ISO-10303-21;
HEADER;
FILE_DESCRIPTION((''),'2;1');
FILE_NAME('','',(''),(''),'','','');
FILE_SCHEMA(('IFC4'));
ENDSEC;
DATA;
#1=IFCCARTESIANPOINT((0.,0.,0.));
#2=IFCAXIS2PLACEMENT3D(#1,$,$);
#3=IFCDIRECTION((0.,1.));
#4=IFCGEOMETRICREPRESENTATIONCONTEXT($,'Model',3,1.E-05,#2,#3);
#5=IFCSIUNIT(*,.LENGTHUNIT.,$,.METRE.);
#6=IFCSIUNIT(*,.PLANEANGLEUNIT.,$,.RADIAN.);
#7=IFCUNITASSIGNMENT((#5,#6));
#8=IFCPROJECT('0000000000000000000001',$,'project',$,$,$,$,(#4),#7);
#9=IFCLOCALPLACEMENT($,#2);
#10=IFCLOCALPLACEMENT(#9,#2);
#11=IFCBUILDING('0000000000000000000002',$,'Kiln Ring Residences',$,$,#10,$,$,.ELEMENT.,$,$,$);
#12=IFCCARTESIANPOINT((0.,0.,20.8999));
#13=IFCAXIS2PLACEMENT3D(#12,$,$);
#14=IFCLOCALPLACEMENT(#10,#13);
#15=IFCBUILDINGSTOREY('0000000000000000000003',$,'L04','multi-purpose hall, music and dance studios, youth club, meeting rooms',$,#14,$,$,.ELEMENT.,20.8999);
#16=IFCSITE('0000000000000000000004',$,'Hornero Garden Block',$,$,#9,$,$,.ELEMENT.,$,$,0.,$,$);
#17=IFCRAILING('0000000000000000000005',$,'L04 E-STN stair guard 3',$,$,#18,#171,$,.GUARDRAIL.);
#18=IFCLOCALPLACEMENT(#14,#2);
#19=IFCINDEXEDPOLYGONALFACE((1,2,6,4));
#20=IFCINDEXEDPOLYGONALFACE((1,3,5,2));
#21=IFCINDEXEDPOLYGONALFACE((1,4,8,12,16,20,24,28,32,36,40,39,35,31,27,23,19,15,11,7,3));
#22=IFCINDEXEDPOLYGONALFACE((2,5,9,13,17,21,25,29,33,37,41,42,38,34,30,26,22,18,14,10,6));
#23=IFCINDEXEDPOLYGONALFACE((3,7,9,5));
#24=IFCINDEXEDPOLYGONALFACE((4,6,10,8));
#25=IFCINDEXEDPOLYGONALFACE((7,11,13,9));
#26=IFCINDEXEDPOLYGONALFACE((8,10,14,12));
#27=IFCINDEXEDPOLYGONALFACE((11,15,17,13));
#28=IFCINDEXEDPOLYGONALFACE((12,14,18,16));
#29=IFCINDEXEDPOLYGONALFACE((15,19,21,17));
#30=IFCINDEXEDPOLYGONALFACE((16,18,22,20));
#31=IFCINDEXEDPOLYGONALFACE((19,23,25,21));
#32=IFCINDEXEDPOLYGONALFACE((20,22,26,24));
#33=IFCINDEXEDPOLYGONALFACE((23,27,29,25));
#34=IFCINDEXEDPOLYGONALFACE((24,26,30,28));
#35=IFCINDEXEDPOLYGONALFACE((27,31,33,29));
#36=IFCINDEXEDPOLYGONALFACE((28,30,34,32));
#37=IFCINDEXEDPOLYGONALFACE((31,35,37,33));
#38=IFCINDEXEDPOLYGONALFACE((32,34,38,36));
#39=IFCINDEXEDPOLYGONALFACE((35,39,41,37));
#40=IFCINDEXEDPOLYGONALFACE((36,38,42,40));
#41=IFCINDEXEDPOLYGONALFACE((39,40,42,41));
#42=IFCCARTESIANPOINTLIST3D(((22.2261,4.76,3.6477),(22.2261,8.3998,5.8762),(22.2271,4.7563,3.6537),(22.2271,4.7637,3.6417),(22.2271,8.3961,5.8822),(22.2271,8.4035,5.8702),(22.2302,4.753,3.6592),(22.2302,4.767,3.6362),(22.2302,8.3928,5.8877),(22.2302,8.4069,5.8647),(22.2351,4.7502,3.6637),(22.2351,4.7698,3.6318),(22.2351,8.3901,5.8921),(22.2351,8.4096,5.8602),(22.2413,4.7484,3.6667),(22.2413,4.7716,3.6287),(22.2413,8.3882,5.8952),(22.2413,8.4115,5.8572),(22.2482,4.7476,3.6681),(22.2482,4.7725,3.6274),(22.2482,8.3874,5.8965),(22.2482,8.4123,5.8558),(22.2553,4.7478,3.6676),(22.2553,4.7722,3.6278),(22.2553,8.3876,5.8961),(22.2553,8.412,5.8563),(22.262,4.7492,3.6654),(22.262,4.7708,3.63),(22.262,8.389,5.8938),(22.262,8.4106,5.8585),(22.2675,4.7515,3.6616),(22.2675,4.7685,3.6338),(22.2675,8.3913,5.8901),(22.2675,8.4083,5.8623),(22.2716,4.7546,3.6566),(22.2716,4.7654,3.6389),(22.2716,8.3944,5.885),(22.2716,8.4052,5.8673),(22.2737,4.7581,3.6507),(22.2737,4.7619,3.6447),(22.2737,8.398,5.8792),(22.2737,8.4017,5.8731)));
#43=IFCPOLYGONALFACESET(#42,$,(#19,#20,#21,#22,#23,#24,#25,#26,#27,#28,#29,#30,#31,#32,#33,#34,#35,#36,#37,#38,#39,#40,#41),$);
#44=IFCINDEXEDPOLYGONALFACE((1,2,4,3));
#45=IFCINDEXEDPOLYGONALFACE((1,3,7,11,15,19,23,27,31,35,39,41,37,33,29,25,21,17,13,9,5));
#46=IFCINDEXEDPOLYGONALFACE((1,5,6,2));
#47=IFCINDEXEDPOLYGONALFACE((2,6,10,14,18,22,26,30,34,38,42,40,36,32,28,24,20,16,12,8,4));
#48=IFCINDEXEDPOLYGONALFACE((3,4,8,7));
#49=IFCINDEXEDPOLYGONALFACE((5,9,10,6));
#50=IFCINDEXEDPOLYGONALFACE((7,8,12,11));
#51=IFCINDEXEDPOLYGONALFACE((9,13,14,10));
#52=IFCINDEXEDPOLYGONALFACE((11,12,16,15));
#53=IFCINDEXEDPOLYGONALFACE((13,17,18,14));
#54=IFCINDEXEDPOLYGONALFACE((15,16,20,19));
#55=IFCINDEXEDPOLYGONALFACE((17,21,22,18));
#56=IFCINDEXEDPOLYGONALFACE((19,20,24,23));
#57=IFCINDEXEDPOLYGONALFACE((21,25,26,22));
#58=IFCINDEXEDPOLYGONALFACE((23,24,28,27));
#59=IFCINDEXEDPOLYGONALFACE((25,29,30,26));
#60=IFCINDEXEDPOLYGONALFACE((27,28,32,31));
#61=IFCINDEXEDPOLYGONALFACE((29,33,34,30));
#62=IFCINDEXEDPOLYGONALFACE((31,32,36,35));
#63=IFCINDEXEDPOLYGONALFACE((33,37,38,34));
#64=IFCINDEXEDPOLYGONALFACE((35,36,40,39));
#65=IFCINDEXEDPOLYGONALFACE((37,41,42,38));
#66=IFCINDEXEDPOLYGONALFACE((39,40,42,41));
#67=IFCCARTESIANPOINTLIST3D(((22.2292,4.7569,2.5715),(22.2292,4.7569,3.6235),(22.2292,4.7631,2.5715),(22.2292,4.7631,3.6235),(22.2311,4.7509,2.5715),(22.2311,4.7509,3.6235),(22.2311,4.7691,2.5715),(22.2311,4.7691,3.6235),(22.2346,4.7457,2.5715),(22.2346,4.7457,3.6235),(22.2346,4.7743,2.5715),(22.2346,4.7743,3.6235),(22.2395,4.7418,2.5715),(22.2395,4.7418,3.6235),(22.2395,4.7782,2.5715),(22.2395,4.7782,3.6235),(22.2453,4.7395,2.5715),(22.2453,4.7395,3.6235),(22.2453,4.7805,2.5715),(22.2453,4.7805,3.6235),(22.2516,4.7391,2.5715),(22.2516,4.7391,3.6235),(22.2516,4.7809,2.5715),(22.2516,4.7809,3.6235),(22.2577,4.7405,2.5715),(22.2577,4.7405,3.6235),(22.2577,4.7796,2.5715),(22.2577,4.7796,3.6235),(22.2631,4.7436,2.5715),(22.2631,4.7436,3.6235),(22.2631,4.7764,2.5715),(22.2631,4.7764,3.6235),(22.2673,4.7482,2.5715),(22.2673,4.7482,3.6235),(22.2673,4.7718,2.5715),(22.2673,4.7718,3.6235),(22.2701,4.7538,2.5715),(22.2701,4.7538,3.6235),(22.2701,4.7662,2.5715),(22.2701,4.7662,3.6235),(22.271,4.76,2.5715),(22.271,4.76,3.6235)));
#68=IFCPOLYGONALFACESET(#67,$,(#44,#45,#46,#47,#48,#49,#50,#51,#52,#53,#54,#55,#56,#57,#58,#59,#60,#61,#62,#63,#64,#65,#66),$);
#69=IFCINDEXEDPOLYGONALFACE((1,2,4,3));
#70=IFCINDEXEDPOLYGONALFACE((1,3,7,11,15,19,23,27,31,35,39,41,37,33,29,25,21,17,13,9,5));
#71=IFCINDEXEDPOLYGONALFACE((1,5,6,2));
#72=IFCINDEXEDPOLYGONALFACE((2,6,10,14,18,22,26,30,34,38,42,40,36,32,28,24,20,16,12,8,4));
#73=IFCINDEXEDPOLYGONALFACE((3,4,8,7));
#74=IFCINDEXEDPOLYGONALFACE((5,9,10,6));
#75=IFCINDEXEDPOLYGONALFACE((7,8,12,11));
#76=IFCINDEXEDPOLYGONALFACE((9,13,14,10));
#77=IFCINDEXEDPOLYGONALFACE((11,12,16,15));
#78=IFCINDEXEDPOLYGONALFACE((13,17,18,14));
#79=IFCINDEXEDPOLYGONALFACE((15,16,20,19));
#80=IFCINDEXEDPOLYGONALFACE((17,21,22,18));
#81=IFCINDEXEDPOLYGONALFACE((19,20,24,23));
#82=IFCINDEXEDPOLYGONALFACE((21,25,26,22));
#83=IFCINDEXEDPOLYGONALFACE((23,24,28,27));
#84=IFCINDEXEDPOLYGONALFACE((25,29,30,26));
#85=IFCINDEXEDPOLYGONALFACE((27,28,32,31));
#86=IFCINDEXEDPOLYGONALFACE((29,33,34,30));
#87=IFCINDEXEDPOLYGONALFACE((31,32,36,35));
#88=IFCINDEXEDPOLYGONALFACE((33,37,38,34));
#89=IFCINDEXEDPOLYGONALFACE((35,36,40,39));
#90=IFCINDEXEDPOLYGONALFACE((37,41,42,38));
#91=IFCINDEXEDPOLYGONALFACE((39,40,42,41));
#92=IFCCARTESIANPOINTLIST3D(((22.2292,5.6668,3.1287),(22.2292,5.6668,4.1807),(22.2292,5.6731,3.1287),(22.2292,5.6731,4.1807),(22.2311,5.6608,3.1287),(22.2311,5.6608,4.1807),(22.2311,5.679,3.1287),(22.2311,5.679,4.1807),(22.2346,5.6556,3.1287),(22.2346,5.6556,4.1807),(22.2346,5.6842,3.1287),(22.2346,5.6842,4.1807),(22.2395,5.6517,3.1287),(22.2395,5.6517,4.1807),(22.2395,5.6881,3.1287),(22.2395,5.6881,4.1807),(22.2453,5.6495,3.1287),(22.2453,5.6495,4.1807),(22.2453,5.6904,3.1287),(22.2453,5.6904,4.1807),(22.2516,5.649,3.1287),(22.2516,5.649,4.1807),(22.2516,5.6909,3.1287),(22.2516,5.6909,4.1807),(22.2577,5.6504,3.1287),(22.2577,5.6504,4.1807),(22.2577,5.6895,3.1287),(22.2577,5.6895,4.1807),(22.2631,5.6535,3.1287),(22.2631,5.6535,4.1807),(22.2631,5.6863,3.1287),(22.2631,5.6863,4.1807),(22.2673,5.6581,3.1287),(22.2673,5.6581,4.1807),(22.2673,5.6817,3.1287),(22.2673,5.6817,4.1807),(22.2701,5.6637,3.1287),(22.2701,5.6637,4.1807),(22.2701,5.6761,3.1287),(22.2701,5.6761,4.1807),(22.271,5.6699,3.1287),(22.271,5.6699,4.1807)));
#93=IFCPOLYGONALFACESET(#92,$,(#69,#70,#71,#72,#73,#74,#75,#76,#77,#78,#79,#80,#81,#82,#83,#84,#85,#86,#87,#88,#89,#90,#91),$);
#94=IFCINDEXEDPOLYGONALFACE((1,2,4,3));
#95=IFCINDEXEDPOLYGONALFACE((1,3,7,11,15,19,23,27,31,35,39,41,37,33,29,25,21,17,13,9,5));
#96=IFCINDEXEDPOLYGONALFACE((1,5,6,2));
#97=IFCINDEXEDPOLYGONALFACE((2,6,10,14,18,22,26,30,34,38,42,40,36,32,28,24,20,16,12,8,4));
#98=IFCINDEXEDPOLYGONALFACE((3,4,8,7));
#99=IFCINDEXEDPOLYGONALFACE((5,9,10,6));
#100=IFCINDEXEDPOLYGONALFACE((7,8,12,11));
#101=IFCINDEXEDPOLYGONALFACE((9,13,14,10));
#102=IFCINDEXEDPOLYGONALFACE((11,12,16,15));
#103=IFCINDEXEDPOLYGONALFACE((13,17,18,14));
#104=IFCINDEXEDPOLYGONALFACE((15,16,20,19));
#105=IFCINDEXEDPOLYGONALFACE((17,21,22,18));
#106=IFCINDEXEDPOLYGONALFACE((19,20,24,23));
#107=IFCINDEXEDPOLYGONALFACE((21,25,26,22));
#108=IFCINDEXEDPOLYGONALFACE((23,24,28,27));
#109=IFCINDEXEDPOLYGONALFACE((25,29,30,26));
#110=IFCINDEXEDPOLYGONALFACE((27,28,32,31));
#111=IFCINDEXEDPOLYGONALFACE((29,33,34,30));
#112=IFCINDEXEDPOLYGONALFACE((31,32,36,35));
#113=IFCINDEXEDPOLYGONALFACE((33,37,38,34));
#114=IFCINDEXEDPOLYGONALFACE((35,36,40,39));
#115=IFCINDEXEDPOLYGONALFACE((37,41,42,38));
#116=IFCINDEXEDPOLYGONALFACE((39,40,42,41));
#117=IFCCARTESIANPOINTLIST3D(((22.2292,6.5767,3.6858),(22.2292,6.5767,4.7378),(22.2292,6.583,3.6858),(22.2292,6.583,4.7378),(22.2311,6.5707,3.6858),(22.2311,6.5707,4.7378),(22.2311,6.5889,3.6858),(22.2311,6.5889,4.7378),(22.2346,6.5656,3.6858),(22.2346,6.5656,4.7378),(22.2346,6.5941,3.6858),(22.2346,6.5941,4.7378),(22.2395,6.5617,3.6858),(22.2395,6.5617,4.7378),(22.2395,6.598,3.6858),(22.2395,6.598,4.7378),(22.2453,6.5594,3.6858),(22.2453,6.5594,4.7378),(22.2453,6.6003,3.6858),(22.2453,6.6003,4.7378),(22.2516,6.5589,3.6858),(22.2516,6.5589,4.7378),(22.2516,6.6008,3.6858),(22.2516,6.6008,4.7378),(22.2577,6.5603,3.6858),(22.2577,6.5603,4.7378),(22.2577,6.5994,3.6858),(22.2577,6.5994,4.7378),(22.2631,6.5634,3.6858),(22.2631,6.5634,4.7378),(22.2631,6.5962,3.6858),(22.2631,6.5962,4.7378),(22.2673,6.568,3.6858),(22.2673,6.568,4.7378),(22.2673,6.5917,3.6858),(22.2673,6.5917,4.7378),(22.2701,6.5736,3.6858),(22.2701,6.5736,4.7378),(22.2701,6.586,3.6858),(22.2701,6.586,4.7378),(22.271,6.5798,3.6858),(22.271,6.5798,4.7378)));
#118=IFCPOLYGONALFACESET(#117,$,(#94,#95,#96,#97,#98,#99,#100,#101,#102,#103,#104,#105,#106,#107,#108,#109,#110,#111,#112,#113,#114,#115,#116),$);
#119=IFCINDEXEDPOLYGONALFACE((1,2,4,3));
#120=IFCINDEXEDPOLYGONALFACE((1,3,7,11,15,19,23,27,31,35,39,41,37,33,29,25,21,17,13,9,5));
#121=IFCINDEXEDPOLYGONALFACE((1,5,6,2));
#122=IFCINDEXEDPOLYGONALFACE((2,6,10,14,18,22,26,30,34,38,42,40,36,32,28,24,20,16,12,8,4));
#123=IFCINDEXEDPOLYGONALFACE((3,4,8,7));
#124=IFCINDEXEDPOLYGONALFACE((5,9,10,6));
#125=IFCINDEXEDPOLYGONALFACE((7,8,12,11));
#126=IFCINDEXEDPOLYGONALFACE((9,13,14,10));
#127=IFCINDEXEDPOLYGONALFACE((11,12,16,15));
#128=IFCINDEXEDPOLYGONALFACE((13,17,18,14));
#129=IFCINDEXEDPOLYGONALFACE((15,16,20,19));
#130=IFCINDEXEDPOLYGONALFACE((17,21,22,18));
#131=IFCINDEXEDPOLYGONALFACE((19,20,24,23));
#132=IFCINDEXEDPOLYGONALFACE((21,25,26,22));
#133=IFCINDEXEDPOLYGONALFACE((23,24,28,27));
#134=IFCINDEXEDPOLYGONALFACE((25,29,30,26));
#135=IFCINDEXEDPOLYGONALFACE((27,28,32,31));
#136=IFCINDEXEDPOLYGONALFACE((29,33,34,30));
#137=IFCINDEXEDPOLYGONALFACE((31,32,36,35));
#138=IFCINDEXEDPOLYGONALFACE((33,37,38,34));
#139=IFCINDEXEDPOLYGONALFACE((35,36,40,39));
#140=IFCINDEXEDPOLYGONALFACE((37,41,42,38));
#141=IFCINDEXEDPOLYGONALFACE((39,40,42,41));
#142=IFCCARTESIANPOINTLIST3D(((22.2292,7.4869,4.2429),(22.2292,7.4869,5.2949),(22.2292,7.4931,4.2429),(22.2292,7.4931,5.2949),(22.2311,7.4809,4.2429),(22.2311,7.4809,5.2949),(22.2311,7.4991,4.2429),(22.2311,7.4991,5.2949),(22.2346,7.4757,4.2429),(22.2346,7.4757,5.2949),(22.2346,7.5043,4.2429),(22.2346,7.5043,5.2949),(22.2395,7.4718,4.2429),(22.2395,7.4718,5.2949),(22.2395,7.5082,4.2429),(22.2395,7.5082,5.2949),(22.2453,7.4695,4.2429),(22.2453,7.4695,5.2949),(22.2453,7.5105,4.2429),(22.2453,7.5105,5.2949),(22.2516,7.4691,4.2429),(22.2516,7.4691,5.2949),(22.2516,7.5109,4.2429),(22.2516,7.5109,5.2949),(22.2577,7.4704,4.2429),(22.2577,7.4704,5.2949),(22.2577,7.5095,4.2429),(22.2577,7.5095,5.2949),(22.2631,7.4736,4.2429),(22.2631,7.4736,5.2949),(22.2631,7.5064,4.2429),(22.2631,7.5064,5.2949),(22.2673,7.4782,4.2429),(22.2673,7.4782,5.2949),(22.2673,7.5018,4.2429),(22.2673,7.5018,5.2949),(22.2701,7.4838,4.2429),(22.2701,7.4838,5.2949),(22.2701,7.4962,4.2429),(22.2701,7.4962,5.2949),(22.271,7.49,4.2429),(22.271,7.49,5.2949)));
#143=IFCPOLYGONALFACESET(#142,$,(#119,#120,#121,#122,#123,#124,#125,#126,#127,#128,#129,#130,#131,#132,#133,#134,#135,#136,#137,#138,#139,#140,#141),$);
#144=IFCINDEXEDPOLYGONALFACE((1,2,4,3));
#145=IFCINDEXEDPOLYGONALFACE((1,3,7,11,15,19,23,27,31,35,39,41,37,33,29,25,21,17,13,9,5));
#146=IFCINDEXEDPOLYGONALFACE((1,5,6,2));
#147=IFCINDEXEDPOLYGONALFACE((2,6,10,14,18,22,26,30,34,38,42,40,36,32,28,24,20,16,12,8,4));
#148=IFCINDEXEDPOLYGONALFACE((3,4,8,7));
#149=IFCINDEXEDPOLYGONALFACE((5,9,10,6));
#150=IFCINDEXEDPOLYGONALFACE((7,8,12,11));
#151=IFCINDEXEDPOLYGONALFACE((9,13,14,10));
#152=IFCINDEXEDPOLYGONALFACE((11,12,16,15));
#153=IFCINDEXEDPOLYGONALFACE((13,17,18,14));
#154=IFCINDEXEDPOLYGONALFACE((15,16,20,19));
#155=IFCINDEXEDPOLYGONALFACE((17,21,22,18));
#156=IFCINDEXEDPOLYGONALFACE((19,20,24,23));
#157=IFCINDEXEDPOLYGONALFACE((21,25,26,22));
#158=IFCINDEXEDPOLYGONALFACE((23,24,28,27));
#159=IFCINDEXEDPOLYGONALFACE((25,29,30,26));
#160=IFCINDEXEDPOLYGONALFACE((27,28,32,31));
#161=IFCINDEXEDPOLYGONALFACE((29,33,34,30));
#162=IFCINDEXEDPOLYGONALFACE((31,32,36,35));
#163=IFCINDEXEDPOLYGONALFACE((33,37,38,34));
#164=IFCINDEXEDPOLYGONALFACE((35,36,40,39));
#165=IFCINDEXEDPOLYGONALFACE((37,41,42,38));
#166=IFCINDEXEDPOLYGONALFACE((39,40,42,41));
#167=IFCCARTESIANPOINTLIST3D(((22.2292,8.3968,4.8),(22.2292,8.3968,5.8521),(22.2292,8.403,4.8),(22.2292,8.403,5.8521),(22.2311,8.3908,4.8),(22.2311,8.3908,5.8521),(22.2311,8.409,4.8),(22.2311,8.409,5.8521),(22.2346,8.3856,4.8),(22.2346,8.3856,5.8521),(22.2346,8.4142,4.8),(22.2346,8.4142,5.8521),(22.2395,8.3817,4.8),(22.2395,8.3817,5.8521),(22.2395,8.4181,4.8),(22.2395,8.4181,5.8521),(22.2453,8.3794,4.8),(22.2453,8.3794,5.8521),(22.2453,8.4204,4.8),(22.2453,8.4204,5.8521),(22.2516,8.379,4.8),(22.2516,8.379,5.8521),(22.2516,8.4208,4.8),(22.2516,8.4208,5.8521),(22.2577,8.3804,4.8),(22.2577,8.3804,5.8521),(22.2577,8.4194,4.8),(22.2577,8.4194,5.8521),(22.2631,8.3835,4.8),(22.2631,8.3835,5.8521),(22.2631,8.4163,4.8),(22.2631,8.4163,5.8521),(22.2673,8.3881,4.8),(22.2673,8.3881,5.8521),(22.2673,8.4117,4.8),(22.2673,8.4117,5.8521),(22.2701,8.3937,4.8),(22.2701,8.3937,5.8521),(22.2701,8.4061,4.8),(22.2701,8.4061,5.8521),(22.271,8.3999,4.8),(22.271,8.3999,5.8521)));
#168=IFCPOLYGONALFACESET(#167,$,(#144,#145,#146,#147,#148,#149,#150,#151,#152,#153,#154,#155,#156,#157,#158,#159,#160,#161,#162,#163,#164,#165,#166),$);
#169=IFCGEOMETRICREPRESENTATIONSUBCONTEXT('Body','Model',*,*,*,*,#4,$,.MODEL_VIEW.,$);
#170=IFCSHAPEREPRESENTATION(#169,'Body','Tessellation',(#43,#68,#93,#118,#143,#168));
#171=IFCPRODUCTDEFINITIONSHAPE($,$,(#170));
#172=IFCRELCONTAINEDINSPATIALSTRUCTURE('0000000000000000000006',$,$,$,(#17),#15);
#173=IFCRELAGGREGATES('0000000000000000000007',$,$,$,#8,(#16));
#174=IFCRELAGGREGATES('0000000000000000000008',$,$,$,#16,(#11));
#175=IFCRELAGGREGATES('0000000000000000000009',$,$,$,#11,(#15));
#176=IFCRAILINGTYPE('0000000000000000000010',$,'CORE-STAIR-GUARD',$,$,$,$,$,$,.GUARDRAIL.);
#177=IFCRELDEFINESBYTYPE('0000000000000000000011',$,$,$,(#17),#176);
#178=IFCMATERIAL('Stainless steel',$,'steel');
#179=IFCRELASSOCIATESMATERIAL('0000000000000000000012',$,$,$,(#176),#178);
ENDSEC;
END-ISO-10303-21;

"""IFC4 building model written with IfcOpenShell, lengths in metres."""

from ifc_helpers import new_model, si_unit, direction, frame, origin, origin_2d, place, context, subcontext, project, spatial, circle, extrude, material, type_object, element, save


model = new_model("IFC4")

# Units and contexts
model_context = context("Model", 3, precision=1e-05, world=origin(), true_north=direction((0.0, 1.0)))
body_context = subcontext(model_context, "Body", "Model", "MODEL_VIEW")
ifc_project = project(units=[si_unit("LENGTHUNIT", "METRE"), si_unit("PLANEANGLEUNIT", "RADIAN")], contexts=[model_context])

# Site, building, storey
site_placement = place(None, origin())
site = spatial("IfcSite", under=ifc_project, at=site_placement, Name="Hornero Garden Block", CompositionType="ELEMENT", RefElevation=0.0)
building_placement = place(site_placement, origin())
building = spatial("IfcBuilding", under=site, at=building_placement, Name="Kiln Ring Residences", CompositionType="ELEMENT")
storey_placement = place(building_placement, frame((0.0, 0.0, 20.8999)))
storey = spatial("IfcBuildingStorey", under=building, at=storey_placement, Name="L04", Description="multi-purpose hall, music and dance studios, youth club, meeting rooms", CompositionType="ELEMENT", Elevation=20.8999)

# Railing
ifc_material_1 = material(Name="Stainless steel", Category="steel")
railing_type_1 = type_object("IfcRailingType", Name="CORE-STAIR-GUARD", PredefinedType="GUARDRAIL", material=ifc_material_1)
railing_1_placement = place(storey_placement, frame((22.25, 4.76, 2.5715)))
element("IfcRailing", 1, at=railing_1_placement, inside=storey, type_object=railing_type_1, Name="L04 E-STN stair guard 3", PredefinedType="GUARDRAIL", context=body_context, shape_type="SweptSolid", body=[
    extrude(circle(Radius=0.0239, at=origin_2d()), frame((0.0, 0.0, 1.0762), z_axis=(0.0, 0.85285, 0.522156), x_axis=(-1.0, 0.0, 0.0)), (0.0, 0.0, 1.0), 4.2678),
    extrude(circle(Radius=0.021, at=origin_2d()), origin(), (0.0, 0.0, 1.0), 1.052),
    extrude(circle(Radius=0.021, at=origin_2d()), frame((0.0, 0.9099, 0.5571)), (0.0, 0.0, 1.0), 1.052),
    extrude(circle(Radius=0.021, at=origin_2d()), frame((0.0, 1.8198, 1.1143)), (0.0, 0.0, 1.0), 1.052),
    extrude(circle(Radius=0.021, at=origin_2d()), frame((0.0, 2.73, 1.6714)), (0.0, 0.0, 1.0), 1.052),
    extrude(circle(Radius=0.021, at=origin_2d()), frame((0.0, 3.6399, 2.2285)), (0.0, 0.0, 1.0), 1.052),
])

save(model, "model.ifc")
